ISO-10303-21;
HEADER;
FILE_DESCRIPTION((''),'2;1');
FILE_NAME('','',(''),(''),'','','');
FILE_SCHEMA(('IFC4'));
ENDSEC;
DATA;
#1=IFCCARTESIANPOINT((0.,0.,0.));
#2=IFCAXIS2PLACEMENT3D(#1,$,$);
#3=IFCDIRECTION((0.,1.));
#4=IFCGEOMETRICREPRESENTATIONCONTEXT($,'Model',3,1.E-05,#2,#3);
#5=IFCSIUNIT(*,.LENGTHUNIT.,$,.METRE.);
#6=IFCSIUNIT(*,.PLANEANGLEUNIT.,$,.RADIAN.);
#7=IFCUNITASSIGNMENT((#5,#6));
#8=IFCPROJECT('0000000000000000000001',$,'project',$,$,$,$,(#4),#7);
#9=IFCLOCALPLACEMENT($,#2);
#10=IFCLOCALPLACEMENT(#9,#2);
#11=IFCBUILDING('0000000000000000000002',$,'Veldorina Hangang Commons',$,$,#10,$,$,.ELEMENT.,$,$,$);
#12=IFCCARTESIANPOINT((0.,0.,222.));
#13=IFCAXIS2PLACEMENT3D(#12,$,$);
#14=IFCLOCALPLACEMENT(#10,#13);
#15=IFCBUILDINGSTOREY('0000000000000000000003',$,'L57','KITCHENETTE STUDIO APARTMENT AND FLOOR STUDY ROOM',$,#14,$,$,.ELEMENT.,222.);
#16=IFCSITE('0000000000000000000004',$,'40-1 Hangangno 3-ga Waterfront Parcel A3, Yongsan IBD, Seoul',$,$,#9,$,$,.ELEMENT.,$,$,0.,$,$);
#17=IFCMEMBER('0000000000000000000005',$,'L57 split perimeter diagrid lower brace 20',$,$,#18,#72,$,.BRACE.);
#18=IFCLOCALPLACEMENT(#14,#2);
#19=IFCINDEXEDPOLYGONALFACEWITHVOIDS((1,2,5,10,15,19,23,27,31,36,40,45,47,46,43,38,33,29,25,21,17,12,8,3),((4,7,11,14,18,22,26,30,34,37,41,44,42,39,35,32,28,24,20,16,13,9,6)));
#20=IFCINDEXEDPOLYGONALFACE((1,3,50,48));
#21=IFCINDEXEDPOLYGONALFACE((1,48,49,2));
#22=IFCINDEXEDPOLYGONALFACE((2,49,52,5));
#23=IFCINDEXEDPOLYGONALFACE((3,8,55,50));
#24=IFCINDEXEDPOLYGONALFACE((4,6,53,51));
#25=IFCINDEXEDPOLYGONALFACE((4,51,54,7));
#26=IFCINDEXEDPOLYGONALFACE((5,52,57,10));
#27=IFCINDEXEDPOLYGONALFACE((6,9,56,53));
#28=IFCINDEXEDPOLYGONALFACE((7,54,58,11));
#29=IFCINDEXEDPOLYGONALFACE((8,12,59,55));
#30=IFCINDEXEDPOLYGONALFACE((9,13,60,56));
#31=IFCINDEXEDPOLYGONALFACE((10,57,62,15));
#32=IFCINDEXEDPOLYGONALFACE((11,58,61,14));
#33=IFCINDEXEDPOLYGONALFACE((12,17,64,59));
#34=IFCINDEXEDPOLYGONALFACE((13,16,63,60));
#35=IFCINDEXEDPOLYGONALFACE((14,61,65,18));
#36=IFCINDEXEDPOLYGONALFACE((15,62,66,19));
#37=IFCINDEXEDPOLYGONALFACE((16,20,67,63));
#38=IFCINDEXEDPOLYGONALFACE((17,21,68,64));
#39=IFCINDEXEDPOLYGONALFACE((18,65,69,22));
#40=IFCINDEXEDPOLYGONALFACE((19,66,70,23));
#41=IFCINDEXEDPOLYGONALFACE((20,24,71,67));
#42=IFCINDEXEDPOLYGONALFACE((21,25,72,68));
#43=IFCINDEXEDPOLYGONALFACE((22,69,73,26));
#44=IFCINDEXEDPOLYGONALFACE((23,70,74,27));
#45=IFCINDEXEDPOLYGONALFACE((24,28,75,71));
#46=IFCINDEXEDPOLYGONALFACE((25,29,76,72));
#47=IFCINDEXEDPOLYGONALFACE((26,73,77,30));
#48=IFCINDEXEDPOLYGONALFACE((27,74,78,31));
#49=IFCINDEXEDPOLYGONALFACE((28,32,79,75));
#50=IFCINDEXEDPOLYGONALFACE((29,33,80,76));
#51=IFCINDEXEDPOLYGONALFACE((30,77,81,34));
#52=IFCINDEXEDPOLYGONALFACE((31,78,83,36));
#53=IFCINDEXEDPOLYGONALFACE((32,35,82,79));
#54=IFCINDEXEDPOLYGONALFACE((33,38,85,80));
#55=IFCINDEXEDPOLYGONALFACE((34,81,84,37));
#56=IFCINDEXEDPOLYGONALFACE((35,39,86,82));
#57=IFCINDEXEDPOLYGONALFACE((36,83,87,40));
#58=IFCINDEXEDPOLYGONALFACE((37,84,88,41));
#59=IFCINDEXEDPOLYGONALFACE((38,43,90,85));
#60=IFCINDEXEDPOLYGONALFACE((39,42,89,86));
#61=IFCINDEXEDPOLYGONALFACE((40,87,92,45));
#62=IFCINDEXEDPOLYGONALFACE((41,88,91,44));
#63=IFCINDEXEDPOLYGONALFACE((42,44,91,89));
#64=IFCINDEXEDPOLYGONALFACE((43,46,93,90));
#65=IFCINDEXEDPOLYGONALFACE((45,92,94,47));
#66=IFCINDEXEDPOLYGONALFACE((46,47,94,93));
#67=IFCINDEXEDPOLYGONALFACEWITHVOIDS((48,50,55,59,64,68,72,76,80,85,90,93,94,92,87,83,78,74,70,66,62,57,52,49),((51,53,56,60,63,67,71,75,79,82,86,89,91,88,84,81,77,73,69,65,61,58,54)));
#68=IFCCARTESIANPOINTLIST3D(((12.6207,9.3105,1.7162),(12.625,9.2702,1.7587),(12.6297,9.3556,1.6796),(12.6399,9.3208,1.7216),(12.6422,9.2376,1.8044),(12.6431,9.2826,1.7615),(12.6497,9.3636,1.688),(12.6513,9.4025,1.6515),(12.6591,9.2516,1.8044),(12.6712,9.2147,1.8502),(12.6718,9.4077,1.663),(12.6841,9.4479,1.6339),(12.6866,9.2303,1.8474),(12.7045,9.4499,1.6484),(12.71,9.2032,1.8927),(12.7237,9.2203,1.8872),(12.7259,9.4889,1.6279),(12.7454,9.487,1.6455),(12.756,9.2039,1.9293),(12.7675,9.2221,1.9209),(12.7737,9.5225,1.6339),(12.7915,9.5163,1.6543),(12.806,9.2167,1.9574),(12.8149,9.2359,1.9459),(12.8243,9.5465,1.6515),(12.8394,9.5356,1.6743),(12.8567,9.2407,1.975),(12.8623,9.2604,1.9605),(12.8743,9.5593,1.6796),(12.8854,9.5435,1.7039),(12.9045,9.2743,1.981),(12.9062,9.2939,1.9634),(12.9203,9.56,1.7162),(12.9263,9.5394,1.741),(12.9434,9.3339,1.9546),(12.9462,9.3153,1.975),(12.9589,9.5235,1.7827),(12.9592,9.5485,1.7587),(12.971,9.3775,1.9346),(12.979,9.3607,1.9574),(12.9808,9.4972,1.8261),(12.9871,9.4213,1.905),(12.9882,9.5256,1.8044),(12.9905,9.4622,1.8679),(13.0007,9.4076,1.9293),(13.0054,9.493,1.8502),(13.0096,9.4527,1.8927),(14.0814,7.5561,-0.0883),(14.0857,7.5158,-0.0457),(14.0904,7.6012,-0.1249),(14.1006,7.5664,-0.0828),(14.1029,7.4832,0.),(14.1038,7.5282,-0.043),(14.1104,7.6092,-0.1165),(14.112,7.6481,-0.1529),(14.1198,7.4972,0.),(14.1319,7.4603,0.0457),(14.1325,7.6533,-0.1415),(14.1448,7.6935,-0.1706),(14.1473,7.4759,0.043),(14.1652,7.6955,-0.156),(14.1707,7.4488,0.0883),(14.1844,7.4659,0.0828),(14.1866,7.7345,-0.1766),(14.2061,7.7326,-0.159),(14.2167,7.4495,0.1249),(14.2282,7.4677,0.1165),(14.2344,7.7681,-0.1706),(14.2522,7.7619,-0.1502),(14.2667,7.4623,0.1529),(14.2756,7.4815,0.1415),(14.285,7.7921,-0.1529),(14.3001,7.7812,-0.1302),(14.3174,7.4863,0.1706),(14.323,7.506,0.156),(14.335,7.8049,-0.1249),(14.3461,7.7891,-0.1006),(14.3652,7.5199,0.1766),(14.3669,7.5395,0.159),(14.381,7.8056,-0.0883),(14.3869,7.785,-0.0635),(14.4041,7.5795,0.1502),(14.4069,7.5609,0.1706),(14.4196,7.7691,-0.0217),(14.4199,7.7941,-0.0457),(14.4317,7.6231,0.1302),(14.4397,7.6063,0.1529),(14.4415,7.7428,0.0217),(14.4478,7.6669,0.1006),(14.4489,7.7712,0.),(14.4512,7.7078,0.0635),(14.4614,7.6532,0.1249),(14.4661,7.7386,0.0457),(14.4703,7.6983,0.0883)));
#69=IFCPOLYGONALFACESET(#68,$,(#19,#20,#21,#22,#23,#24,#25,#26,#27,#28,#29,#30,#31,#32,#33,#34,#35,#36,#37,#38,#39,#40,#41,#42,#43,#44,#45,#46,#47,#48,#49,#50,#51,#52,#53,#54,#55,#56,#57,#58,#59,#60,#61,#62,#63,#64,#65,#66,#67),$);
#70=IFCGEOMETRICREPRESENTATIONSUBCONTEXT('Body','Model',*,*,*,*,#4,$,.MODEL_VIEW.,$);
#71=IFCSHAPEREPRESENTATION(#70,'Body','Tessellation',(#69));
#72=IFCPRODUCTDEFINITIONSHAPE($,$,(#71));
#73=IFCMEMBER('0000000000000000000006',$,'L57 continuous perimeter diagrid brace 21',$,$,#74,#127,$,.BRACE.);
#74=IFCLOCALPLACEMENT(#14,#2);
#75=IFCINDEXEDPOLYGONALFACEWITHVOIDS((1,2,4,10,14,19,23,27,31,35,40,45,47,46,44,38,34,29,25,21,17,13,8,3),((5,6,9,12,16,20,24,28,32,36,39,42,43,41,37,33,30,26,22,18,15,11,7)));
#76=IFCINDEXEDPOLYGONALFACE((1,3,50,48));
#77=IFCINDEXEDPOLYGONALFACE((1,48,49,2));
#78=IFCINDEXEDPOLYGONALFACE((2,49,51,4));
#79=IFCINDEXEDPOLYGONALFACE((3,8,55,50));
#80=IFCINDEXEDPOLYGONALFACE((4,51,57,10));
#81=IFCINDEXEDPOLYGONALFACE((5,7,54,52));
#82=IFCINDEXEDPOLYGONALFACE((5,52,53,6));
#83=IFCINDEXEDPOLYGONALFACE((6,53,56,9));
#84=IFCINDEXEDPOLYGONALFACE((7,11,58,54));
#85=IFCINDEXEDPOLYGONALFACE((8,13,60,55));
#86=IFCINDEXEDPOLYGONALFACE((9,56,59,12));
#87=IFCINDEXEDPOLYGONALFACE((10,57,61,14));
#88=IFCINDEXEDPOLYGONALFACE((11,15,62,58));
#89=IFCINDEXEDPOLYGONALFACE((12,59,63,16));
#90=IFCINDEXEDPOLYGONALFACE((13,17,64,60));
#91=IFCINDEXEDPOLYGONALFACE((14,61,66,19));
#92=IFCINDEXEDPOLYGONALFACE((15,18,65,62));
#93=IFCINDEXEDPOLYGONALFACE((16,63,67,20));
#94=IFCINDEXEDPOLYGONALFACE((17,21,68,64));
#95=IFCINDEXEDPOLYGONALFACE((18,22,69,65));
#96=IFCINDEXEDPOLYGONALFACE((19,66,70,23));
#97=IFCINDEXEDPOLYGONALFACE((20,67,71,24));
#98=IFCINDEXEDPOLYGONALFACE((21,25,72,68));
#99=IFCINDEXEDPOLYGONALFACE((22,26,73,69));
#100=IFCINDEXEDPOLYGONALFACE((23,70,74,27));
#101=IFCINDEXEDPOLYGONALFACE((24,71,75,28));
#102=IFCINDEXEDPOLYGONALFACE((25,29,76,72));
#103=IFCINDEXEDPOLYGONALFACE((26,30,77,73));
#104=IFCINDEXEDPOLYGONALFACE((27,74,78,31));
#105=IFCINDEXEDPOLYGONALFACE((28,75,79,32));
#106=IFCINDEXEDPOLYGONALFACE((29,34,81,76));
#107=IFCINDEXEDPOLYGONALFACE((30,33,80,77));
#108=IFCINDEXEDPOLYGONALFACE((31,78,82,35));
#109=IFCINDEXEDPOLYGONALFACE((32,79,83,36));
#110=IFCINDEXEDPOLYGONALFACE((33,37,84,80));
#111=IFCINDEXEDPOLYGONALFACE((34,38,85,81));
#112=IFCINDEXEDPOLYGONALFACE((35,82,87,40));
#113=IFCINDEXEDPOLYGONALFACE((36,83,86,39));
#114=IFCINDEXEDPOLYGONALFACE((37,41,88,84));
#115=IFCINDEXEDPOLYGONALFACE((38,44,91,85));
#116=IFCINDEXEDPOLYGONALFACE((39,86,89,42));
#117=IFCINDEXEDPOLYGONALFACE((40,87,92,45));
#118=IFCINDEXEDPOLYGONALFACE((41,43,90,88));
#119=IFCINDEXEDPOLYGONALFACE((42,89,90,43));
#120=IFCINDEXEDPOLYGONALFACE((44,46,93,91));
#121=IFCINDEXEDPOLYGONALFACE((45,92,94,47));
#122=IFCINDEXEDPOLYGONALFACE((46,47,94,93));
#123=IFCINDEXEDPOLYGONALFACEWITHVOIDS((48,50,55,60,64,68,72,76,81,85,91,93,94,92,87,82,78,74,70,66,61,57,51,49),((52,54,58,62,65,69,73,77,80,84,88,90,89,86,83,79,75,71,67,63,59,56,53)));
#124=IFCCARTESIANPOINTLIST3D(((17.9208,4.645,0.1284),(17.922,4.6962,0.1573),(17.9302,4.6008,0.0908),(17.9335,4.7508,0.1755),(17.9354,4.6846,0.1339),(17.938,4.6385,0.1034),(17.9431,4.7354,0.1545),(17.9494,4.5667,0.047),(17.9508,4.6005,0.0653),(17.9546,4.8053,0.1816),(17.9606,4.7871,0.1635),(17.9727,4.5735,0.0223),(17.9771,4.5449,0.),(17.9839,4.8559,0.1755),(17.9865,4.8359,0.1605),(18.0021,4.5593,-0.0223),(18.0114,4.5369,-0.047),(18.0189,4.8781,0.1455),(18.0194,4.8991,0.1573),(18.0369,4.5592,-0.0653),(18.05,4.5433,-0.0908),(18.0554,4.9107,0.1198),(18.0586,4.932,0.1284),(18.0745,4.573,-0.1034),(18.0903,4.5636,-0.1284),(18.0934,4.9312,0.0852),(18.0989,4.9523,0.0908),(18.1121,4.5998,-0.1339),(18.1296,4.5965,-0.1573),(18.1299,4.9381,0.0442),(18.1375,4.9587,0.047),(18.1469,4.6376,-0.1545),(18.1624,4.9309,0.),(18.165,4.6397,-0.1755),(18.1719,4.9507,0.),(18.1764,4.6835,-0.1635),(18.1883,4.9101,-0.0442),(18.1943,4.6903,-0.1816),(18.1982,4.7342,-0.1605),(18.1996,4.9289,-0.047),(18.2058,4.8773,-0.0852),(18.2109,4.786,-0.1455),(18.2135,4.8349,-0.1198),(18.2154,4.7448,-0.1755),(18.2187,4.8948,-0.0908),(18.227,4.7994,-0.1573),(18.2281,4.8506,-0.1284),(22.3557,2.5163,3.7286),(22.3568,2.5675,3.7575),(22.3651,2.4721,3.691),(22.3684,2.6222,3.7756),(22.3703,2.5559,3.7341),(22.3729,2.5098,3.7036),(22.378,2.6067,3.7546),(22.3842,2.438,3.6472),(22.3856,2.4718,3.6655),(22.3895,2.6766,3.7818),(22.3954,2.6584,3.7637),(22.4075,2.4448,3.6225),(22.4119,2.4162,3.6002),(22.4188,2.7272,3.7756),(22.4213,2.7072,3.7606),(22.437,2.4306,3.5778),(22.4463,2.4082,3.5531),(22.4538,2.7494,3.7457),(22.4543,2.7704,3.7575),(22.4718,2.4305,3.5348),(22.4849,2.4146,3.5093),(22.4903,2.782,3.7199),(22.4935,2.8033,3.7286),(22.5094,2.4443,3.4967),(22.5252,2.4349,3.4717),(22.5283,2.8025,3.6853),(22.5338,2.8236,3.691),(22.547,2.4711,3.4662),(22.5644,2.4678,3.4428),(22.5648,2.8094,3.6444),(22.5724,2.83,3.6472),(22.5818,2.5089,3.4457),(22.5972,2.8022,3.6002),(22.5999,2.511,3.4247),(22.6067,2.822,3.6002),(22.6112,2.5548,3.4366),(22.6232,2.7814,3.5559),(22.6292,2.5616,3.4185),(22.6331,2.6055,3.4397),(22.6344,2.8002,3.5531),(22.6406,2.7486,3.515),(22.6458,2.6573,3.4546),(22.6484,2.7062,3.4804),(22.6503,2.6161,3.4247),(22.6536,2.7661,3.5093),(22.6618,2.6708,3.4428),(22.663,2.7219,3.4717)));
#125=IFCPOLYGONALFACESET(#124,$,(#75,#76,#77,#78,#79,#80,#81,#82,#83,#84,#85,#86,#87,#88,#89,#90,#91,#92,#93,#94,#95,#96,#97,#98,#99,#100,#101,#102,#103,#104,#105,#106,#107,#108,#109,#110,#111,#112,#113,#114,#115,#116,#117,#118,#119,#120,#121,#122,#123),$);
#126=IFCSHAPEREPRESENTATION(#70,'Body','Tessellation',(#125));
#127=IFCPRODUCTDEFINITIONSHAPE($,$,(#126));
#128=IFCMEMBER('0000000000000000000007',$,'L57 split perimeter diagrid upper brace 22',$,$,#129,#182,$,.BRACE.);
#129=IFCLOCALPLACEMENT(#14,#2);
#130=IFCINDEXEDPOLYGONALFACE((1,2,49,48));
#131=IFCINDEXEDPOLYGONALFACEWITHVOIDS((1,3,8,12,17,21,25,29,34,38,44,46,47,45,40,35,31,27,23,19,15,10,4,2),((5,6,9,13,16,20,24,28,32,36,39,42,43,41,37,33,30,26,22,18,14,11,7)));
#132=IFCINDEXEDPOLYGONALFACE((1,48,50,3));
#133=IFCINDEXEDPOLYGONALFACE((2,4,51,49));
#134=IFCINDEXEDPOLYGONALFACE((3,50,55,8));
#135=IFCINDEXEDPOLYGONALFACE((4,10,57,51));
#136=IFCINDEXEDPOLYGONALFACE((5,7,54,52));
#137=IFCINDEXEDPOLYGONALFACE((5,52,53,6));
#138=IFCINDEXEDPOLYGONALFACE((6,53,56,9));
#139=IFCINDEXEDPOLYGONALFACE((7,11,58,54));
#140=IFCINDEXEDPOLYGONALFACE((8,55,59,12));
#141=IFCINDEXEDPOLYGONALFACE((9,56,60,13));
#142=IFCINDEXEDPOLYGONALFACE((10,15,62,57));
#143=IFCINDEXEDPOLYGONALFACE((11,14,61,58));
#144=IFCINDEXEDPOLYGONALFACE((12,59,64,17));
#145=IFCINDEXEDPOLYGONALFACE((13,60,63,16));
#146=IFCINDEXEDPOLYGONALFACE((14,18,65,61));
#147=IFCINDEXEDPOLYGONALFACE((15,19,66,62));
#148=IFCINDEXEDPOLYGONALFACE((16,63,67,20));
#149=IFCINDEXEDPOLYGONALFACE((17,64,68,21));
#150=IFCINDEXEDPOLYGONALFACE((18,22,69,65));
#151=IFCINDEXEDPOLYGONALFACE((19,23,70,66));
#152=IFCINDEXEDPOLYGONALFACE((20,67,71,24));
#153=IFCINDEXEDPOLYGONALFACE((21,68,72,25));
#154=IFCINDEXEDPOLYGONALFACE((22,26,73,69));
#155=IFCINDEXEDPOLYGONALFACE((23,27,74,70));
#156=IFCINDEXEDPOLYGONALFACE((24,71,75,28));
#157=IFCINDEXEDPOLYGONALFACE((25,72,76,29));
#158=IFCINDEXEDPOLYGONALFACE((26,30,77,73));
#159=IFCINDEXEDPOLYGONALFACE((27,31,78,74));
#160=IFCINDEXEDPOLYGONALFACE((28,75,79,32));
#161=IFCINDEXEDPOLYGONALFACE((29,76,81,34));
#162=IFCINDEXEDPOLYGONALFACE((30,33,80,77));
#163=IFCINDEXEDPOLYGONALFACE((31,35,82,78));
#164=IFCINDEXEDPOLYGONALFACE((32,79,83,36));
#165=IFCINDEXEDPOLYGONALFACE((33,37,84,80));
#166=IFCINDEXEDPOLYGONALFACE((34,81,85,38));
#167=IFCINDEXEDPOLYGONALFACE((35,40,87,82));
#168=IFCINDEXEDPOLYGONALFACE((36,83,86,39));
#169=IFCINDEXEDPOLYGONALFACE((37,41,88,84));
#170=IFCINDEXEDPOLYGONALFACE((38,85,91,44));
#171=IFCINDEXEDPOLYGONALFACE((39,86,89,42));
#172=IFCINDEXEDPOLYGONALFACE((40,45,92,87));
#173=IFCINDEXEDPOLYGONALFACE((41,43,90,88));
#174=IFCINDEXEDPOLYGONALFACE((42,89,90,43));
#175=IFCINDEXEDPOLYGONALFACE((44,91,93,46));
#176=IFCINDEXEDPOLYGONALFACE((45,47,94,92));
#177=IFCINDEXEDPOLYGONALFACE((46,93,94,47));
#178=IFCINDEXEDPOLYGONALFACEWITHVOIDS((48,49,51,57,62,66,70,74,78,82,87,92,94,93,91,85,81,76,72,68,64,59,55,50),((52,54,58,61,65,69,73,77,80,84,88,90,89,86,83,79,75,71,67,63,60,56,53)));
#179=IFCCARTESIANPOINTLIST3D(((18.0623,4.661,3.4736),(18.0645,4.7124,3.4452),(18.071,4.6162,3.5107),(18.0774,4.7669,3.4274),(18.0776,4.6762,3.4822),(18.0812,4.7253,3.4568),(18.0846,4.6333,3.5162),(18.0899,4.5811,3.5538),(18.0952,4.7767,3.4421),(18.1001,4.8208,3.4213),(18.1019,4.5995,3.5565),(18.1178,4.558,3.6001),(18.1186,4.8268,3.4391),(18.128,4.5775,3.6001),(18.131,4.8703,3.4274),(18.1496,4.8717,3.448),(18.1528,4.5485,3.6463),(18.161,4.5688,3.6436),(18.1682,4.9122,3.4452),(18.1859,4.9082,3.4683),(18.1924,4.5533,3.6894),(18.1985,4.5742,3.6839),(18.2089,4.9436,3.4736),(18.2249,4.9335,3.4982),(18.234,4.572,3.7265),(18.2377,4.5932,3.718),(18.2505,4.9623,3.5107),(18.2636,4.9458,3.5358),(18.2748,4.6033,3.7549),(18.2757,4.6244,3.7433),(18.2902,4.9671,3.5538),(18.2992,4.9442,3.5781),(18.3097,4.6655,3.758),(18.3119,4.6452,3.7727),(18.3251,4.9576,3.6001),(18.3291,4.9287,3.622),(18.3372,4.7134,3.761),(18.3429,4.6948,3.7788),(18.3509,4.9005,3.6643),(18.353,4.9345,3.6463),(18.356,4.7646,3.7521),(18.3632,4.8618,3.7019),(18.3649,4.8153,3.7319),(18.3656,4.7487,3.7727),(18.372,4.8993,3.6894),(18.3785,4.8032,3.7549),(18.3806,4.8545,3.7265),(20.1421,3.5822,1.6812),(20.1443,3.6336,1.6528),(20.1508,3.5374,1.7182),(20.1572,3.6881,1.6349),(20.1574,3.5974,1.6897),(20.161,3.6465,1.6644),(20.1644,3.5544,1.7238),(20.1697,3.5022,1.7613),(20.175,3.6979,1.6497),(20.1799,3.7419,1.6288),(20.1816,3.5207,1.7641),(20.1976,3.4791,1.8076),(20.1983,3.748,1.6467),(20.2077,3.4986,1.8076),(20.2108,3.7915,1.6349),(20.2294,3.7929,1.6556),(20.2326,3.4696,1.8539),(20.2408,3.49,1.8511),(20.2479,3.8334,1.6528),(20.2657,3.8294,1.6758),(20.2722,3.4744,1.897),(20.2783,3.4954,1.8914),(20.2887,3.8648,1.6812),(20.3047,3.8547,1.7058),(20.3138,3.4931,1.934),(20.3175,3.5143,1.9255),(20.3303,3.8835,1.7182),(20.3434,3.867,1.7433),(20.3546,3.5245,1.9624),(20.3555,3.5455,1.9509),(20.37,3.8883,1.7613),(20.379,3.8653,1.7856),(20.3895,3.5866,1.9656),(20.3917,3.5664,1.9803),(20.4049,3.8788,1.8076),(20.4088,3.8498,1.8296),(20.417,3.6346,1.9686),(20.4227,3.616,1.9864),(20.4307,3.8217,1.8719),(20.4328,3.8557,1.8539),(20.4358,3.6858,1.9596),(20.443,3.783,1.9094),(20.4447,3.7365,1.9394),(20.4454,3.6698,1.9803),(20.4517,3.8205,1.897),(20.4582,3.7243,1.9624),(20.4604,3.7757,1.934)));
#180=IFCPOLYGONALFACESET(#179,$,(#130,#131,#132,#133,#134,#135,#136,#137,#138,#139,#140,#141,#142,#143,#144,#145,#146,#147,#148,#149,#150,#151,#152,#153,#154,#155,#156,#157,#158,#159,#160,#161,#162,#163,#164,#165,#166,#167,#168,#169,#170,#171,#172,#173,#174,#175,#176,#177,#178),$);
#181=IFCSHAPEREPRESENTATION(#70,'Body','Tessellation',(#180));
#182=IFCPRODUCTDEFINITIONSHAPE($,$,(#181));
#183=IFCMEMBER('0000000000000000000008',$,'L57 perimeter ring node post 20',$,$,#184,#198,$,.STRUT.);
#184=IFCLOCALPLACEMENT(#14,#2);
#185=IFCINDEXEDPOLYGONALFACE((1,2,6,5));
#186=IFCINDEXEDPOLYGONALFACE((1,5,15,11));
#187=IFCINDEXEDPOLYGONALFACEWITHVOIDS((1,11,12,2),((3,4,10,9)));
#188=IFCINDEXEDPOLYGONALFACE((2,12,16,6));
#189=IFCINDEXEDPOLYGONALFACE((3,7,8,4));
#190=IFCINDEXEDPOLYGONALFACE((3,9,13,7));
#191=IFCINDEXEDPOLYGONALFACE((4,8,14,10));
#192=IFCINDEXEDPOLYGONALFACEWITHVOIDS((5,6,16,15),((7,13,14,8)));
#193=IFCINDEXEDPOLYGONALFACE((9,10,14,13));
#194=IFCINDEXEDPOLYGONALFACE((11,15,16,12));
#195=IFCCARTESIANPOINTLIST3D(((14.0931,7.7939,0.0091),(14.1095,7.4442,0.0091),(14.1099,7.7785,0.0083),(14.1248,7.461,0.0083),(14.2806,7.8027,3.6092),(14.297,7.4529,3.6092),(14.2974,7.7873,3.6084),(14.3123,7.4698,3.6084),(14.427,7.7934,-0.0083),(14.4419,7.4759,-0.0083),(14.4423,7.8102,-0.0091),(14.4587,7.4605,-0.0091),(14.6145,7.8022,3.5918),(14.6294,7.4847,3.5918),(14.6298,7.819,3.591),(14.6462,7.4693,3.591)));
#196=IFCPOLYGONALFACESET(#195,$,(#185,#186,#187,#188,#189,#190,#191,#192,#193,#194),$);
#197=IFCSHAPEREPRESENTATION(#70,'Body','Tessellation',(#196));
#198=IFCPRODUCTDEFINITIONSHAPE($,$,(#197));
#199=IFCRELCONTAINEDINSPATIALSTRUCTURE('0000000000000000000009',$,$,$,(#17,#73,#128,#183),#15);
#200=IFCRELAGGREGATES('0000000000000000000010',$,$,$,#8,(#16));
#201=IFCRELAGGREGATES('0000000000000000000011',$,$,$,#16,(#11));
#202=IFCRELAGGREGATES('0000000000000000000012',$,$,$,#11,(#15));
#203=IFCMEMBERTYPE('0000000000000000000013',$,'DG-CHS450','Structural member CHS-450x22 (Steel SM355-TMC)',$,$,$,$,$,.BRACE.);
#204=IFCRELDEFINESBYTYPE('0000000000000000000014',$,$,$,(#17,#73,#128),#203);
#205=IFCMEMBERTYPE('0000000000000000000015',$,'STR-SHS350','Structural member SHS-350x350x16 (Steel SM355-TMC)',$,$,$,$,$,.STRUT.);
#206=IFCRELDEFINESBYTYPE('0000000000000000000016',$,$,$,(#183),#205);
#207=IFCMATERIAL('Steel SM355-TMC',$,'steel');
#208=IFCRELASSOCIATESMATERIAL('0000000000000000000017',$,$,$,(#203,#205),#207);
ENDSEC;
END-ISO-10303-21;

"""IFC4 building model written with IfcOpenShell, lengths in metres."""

from ifc_helpers import new_model, si_unit, direction, frame, origin, origin_2d, place, context, subcontext, project, spatial, hollow_rectangle, hollow_circle, extrude, material, material_profile, profile_set, type_object, element, save


model = new_model("IFC4")

# Units and contexts
model_context = context("Model", 3, precision=1e-05, world=origin(), true_north=direction((0.0, 1.0)))
body_context = subcontext(model_context, "Body", "Model", "MODEL_VIEW")
ifc_project = project(units=[si_unit("LENGTHUNIT", "METRE"), si_unit("PLANEANGLEUNIT", "RADIAN")], contexts=[model_context])

# Site, building, storey
site_placement = place(None, origin())
site = spatial("IfcSite", under=ifc_project, at=site_placement, Name="40-1 Hangangno 3-ga Waterfront Parcel A3, Yongsan IBD, Seoul", CompositionType="ELEMENT", RefElevation=0.0)
building_placement = place(site_placement, origin())
building = spatial("IfcBuilding", under=site, at=building_placement, Name="Veldorina Hangang Commons", CompositionType="ELEMENT")
storey_placement = place(building_placement, frame((0.0, 0.0, 222.0)))
storey = spatial("IfcBuildingStorey", under=building, at=storey_placement, Name="L57", Description="KITCHENETTE STUDIO APARTMENT AND FLOOR STUDY ROOM", CompositionType="ELEMENT", Elevation=222.0)

# Shared definitions
ifc_material_1 = material(Name="Steel SM355-TMC", Category="steel")

# Members
ifc_material_profile_1 = material_profile(ifc_material_1, hollow_circle(Radius=0.2251, WallThickness=0.022, at=origin_2d()), Name="CHS-450x22")
ifc_profile_set_1 = profile_set([ifc_material_profile_1], Name="Steel SM355-TMC")
member_type_1 = type_object("IfcMemberType", Name="DG-CHS450", Description="Structural member CHS-450x22 (Steel SM355-TMC)", PredefinedType="BRACE", material=ifc_profile_set_1)
member_1_placement = place(storey_placement, frame((14.2759, 7.6272, 0.0), z_axis=(-0.501973, 0.602905, 0.620104), x_axis=(-0.768502, -0.639848, 0.0)))
element("IfcMember", 1, at=member_1_placement, inside=storey, type_object=member_type_1, Name="L57 split perimeter diagrid lower brace 20", PredefinedType="BRACE", context=body_context, shape_type="SweptSolid", body=[
    extrude(hollow_circle(Radius=0.2251, WallThickness=0.022, at=origin_2d()), origin(), (0.0, 0.0, 1.0), 2.9099),
])
member_2_placement = place(storey_placement, frame((18.0745, 4.7478, 0.0), z_axis=(0.727513, -0.349198, 0.590581), x_axis=(0.432723, 0.901527, 0.0)))
element("IfcMember", 2, at=member_2_placement, inside=storey, type_object=member_type_1, Name="L57 continuous perimeter diagrid brace 21", PredefinedType="BRACE", context=body_context, shape_type="SweptSolid", body=[
    extrude(hollow_circle(Radius=0.2251, WallThickness=0.022, at=origin_2d()), origin(), (0.0, 0.0, 1.0), 6.0959),
])
member_3_placement = place(storey_placement, frame((20.3013, 3.679, 1.8076), z_axis=(-0.705023, 0.365712, 0.607616), x_axis=(-0.46046, -0.88768, 0.0)))
element("IfcMember", 3, at=member_3_placement, inside=storey, type_object=member_type_1, Name="L57 split perimeter diagrid upper brace 22", PredefinedType="BRACE", context=body_context, shape_type="SweptSolid", body=[
    extrude(hollow_circle(Radius=0.2251, WallThickness=0.022, at=origin_2d()), origin(), (0.0, 0.0, 1.0), 2.95),
])
ifc_material_profile_2 = material_profile(ifc_material_1, hollow_rectangle(XDim=0.3501, YDim=0.3501, WallThickness=0.0161, at=origin_2d()), Name="SHS-350x350x16")
ifc_profile_set_2 = profile_set([ifc_material_profile_2], Name="Steel SM355-TMC")
member_type_2 = type_object("IfcMemberType", Name="STR-SHS350", Description="Structural member SHS-350x350x16 (Steel SM355-TMC)", PredefinedType="STRUT", material=ifc_profile_set_2)
member_4_placement = place(storey_placement, frame((14.2759, 7.6272, 0.0), z_axis=(0.052011, 0.002438, 0.998644), x_axis=(-0.046824, 0.998903, 0.0)))
element("IfcMember", 4, at=member_4_placement, inside=storey, type_object=member_type_2, Name="L57 perimeter ring node post 20", PredefinedType="STRUT", context=body_context, shape_type="SweptSolid", body=[
    extrude(hollow_rectangle(XDim=0.3501, YDim=0.3501, WallThickness=0.0161, at=origin_2d()), origin(), (0.0, 0.0, 1.0), 3.605),
])

save(model, "model.ifc")
